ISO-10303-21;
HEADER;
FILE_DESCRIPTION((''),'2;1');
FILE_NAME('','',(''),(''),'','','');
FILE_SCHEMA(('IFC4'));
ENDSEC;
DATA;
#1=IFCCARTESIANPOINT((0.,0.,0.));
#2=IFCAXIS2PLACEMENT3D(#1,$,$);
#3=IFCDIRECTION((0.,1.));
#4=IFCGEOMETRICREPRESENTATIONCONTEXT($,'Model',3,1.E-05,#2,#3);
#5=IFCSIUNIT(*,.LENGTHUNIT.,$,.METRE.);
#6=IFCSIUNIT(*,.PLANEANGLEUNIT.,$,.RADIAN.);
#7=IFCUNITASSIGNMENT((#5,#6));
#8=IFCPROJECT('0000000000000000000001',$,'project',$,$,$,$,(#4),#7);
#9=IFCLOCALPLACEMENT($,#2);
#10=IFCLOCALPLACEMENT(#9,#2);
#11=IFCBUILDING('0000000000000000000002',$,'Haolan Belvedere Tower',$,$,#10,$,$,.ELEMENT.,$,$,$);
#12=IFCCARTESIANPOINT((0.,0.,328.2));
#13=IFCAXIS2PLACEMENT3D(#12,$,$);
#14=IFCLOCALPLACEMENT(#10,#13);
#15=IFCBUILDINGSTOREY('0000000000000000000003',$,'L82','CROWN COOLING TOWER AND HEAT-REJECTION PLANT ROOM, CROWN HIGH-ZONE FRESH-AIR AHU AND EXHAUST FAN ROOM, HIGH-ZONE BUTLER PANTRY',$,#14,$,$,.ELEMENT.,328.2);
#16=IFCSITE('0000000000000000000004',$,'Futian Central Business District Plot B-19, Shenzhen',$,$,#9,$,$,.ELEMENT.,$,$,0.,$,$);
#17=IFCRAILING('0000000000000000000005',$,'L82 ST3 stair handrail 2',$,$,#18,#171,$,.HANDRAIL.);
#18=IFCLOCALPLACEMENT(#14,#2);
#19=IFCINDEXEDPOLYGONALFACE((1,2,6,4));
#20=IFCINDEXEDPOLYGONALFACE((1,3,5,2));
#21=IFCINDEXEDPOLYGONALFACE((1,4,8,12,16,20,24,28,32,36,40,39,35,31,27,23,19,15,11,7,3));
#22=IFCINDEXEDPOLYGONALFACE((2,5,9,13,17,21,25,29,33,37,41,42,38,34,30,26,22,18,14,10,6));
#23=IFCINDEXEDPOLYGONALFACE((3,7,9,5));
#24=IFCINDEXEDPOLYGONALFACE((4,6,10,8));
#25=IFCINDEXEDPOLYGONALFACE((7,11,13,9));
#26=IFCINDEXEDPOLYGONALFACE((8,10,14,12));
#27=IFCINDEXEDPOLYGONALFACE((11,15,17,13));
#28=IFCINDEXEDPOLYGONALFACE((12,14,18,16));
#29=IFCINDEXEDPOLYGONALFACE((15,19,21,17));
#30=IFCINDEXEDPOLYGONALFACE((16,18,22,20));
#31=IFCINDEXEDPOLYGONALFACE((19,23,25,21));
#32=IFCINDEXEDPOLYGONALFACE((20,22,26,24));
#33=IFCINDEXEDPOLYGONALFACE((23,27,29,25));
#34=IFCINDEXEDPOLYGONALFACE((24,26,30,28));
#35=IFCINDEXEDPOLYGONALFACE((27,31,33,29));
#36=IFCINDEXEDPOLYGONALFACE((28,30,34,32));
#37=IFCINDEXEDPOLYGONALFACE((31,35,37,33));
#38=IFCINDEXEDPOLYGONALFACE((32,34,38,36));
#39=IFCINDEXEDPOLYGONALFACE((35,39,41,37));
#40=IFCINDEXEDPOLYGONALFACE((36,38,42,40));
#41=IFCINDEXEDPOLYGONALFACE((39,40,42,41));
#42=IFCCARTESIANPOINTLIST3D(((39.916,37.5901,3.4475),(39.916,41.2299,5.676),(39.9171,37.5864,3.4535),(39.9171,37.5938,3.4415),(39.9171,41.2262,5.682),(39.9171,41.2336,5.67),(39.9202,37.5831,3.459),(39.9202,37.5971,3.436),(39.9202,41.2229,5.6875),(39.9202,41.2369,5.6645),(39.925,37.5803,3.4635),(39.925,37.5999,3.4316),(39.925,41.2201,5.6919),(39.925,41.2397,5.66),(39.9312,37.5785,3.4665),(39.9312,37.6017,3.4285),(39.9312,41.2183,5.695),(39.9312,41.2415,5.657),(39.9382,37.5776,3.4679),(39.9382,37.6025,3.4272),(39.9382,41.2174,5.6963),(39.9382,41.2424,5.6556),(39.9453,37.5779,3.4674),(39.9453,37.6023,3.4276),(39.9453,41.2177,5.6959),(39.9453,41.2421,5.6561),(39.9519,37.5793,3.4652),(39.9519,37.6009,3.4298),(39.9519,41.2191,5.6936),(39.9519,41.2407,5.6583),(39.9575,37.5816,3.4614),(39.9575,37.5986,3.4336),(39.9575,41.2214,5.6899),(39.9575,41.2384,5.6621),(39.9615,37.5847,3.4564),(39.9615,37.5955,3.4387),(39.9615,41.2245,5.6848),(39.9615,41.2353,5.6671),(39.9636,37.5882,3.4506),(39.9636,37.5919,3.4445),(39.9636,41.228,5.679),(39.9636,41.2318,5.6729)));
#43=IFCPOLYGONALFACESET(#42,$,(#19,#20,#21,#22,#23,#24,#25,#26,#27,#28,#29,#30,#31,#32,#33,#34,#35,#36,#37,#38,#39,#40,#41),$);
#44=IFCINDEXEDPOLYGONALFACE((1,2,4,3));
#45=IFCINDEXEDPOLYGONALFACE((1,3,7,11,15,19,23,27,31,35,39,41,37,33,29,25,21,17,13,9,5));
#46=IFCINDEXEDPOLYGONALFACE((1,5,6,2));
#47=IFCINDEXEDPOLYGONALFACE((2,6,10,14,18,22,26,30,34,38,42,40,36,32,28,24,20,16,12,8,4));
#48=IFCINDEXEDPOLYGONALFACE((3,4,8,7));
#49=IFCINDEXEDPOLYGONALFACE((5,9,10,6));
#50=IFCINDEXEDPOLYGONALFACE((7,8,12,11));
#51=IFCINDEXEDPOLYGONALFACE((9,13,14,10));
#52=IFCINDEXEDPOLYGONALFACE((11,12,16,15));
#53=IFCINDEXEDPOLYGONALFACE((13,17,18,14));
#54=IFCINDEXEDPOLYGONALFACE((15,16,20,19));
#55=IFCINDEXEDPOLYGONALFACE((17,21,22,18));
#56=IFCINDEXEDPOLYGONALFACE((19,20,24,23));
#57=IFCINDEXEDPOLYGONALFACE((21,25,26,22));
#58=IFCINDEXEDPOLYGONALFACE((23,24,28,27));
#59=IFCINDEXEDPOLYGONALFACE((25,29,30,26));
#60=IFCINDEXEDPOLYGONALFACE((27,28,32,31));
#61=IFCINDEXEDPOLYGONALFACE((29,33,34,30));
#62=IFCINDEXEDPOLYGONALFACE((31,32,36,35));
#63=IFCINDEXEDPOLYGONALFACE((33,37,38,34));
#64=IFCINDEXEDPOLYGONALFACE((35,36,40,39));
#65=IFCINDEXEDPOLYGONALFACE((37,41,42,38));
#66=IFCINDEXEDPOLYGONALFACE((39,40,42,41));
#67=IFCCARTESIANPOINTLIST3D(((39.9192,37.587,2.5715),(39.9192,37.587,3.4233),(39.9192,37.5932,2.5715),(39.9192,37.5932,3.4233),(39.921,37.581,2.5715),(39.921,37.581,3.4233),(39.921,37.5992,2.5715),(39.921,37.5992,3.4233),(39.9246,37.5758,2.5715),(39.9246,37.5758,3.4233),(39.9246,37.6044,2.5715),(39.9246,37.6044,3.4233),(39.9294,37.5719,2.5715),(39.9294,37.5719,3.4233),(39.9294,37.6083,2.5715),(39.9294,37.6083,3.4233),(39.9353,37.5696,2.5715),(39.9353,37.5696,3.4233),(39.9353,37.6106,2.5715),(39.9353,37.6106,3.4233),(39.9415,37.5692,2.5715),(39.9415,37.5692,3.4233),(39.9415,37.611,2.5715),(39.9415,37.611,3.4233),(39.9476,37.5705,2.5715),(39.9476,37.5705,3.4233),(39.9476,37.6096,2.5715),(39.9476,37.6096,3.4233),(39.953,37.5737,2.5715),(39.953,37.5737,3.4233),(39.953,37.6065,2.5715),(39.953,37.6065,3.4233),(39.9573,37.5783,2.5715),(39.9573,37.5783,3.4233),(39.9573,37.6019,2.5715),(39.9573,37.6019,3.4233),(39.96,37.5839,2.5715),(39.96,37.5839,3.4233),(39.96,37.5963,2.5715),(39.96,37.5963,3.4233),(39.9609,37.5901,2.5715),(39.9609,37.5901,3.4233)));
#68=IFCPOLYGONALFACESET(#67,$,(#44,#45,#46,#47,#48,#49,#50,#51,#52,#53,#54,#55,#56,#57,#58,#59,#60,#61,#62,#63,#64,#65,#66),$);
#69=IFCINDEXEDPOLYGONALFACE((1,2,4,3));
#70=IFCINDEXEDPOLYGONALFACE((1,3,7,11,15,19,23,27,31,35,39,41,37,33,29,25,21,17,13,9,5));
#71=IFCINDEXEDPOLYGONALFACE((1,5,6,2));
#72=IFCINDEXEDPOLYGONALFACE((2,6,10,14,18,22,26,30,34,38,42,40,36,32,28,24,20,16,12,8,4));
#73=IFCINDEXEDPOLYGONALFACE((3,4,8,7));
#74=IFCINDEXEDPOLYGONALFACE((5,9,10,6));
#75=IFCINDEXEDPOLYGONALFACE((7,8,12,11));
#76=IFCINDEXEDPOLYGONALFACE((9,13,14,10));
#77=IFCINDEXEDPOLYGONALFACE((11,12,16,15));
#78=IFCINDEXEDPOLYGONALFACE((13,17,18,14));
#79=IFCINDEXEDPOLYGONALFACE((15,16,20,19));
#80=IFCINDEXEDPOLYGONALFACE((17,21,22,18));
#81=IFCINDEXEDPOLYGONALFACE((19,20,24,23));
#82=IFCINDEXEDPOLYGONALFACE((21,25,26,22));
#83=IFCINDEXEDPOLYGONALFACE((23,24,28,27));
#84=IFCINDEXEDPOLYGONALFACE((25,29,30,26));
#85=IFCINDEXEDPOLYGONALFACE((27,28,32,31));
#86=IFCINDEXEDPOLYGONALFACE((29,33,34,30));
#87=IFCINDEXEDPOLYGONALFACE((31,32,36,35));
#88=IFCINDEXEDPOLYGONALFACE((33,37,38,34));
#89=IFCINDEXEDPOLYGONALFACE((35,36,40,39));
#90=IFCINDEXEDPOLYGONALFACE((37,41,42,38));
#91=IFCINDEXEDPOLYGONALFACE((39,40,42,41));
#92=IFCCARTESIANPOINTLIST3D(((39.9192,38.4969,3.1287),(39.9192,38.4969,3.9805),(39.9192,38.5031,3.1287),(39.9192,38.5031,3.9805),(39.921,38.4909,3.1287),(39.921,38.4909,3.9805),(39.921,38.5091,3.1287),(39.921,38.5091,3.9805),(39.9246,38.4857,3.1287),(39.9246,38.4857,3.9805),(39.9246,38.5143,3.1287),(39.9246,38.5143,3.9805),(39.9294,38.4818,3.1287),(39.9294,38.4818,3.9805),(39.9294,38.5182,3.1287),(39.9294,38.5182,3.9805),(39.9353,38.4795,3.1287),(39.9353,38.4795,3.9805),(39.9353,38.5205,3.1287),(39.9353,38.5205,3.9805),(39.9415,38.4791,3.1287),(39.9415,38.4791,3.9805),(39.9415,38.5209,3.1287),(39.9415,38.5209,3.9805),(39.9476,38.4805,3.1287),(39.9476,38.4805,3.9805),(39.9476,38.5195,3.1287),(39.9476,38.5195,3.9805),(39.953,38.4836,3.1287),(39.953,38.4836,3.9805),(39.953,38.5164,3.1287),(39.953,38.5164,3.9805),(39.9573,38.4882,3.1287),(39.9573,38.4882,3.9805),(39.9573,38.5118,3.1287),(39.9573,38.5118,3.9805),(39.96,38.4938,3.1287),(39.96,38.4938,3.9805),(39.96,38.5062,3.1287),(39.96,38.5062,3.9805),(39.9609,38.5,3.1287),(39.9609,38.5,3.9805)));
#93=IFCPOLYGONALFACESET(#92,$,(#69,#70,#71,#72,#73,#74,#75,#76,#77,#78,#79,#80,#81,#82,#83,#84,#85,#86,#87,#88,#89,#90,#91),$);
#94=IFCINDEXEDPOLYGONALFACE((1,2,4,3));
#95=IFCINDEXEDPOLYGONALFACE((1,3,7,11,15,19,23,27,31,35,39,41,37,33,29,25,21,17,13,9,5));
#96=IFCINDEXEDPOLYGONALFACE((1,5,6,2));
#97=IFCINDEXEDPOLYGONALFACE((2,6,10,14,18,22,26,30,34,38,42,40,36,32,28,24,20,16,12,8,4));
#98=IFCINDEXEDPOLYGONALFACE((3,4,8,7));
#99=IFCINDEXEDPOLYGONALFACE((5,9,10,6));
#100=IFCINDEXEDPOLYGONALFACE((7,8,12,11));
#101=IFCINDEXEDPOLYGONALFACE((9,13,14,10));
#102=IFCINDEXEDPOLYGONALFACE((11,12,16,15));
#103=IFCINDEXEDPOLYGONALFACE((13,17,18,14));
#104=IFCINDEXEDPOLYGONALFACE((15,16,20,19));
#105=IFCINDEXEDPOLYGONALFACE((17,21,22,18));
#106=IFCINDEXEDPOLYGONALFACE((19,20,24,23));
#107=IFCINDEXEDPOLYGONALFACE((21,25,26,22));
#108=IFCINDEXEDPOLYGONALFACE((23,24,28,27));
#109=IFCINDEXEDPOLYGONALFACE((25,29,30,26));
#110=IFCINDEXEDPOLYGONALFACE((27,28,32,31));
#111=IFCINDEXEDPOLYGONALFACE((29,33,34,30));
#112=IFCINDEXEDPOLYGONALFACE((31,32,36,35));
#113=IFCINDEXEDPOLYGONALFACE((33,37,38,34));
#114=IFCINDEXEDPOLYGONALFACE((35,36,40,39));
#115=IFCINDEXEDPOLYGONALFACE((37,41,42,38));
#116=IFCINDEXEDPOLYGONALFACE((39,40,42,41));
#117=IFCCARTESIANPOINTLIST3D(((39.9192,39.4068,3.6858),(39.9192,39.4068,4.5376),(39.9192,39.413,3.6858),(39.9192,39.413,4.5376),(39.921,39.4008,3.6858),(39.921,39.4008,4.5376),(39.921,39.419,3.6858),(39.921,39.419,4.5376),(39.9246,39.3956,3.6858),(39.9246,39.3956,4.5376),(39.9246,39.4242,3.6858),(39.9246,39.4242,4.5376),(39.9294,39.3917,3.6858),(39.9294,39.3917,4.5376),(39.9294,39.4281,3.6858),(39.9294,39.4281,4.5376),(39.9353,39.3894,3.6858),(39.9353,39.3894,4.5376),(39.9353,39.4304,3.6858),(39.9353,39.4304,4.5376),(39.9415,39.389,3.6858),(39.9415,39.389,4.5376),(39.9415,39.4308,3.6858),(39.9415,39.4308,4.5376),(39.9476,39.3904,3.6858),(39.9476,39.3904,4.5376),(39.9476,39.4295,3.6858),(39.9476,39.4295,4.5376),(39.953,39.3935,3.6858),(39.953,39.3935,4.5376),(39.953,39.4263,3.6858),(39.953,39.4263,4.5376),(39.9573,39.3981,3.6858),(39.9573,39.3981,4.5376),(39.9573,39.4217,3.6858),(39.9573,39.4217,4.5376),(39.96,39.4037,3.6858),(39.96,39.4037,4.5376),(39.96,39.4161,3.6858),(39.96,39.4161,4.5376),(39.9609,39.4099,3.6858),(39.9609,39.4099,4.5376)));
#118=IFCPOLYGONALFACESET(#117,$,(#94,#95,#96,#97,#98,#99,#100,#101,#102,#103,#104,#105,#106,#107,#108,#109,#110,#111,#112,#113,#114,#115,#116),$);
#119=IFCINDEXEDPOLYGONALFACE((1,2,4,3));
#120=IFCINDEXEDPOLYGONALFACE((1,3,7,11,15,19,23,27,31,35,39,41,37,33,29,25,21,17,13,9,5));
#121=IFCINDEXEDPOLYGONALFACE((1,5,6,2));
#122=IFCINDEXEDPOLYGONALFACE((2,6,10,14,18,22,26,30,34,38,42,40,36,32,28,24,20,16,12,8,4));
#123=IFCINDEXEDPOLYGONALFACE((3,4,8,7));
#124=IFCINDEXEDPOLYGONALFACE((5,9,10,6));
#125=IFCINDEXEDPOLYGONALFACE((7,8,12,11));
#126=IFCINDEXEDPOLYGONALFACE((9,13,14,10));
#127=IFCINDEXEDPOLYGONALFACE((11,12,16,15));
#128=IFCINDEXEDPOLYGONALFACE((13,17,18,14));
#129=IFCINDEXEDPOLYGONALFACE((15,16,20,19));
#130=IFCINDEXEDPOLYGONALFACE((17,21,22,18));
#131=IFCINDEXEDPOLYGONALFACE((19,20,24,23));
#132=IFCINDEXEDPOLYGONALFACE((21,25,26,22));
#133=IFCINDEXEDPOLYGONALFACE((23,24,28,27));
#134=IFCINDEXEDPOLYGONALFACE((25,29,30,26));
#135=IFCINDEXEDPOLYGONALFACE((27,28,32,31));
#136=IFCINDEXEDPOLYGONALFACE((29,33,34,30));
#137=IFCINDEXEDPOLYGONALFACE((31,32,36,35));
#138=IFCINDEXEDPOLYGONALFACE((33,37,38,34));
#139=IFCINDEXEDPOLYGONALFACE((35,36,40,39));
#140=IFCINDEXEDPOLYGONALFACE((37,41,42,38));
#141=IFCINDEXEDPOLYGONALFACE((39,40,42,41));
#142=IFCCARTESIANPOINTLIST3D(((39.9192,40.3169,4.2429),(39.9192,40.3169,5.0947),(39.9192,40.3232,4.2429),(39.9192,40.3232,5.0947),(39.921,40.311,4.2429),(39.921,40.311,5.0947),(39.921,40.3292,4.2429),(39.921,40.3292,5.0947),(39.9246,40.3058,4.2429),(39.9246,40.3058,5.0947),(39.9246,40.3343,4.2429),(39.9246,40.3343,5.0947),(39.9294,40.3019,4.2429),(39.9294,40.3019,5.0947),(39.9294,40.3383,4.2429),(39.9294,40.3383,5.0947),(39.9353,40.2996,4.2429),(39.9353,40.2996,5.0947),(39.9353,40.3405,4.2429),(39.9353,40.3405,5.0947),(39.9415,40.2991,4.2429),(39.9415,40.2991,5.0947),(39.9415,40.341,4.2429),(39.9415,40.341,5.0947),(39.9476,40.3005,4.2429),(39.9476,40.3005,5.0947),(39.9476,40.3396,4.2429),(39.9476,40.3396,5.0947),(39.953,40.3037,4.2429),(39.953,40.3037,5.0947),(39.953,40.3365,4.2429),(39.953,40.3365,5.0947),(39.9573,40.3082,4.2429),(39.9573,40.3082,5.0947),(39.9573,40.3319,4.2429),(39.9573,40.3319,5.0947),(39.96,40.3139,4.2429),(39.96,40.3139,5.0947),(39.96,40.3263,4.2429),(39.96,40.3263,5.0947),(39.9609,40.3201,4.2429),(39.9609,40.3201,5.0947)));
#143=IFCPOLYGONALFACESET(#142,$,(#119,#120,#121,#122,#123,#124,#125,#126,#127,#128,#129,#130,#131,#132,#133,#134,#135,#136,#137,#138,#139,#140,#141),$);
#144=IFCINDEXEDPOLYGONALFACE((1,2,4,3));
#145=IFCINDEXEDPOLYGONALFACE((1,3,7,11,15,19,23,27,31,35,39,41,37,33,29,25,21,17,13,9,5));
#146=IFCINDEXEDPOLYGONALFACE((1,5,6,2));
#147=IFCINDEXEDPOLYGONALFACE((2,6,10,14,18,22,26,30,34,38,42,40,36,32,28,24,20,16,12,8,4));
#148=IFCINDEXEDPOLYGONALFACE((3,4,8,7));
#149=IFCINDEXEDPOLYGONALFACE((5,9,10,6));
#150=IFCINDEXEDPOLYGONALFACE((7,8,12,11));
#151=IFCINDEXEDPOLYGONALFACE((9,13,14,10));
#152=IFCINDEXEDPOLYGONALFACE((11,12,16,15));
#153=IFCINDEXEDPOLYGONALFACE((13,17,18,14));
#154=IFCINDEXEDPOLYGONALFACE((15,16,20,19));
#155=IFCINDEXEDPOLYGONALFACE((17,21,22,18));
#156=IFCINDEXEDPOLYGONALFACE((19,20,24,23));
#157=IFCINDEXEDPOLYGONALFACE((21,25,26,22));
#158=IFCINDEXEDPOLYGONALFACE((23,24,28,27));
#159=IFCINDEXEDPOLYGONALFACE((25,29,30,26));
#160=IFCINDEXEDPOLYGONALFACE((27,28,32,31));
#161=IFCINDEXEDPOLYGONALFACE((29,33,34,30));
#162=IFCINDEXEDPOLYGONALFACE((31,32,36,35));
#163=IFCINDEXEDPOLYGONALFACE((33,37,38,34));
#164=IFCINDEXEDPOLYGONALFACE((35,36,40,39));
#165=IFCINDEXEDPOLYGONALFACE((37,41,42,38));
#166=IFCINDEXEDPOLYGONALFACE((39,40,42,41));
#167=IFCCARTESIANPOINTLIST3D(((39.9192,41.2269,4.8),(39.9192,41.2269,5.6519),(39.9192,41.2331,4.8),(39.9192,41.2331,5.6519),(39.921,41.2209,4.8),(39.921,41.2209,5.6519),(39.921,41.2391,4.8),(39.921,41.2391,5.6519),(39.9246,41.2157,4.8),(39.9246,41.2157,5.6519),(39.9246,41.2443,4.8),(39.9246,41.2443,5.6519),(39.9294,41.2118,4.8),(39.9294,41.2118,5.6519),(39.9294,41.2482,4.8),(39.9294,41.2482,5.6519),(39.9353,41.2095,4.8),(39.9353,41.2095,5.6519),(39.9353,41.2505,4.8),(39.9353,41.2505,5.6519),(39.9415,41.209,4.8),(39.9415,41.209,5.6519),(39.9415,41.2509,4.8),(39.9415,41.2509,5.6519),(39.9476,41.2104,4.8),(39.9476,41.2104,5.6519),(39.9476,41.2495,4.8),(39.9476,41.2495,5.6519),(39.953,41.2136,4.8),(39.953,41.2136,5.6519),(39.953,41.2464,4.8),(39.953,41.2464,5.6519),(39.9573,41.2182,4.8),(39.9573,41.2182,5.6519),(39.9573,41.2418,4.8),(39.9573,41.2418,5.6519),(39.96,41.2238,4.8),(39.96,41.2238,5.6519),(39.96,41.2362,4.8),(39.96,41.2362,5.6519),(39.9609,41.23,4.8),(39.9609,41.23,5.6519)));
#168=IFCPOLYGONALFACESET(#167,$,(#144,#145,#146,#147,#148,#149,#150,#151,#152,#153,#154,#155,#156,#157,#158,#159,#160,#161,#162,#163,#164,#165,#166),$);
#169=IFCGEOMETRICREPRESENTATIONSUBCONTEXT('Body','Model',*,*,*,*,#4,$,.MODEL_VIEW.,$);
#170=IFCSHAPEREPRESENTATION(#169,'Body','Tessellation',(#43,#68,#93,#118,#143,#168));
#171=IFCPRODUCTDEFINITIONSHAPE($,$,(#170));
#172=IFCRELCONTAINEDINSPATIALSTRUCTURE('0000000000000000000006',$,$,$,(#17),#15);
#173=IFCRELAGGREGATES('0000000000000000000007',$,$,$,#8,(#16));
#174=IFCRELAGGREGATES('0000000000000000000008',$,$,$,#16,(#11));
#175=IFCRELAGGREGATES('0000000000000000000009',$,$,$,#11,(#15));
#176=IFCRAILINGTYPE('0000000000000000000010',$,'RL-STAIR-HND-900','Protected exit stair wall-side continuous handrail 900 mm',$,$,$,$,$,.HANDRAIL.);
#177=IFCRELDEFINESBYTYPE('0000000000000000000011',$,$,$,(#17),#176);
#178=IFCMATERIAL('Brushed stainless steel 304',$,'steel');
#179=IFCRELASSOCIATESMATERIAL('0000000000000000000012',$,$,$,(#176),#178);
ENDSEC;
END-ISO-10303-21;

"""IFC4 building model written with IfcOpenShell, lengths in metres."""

from ifc_helpers import new_model, si_unit, direction, frame, origin, origin_2d, place, context, subcontext, project, spatial, circle, extrude, material, type_object, element, save


model = new_model("IFC4")

# Units and contexts
model_context = context("Model", 3, precision=1e-05, world=origin(), true_north=direction((0.0, 1.0)))
body_context = subcontext(model_context, "Body", "Model", "MODEL_VIEW")
ifc_project = project(units=[si_unit("LENGTHUNIT", "METRE"), si_unit("PLANEANGLEUNIT", "RADIAN")], contexts=[model_context])

# Site, building, storey
site_placement = place(None, origin())
site = spatial("IfcSite", under=ifc_project, at=site_placement, Name="Futian Central Business District Plot B-19, Shenzhen", CompositionType="ELEMENT", RefElevation=0.0)
building_placement = place(site_placement, origin())
building = spatial("IfcBuilding", under=site, at=building_placement, Name="Haolan Belvedere Tower", CompositionType="ELEMENT")
storey_placement = place(building_placement, frame((0.0, 0.0, 328.2)))
storey = spatial("IfcBuildingStorey", under=building, at=storey_placement, Name="L82", Description="CROWN COOLING TOWER AND HEAT-REJECTION PLANT ROOM, CROWN HIGH-ZONE FRESH-AIR AHU AND EXHAUST FAN ROOM, HIGH-ZONE BUTLER PANTRY", CompositionType="ELEMENT", Elevation=328.2)

# Railing
ifc_material_1 = material(Name="Brushed stainless steel 304", Category="steel")
railing_type_1 = type_object("IfcRailingType", Name="RL-STAIR-HND-900", Description="Protected exit stair wall-side continuous handrail 900 mm", PredefinedType="HANDRAIL", material=ifc_material_1)
railing_1_placement = place(storey_placement, frame((39.9399, 37.5901, 2.5715)))
element("IfcRailing", 1, at=railing_1_placement, inside=storey, type_object=railing_type_1, Name="L82 ST3 stair handrail 2", PredefinedType="HANDRAIL", context=body_context, shape_type="SweptSolid", body=[
    extrude(circle(Radius=0.0239, at=origin_2d()), frame((0.0, 0.0, 0.876), z_axis=(0.0, 0.85285, 0.522156), x_axis=(-1.0, 0.0, 0.0)), (0.0, 0.0, 1.0), 4.2678),
    extrude(circle(Radius=0.021, at=origin_2d()), origin(), (0.0, 0.0, 1.0), 0.8518),
    extrude(circle(Radius=0.021, at=origin_2d()), frame((0.0, 0.9099, 0.5571)), (0.0, 0.0, 1.0), 0.8518),
    extrude(circle(Radius=0.021, at=origin_2d()), frame((0.0, 1.8198, 1.1143)), (0.0, 0.0, 1.0), 0.8518),
    extrude(circle(Radius=0.021, at=origin_2d()), frame((0.0, 2.73, 1.6714)), (0.0, 0.0, 1.0), 0.8518),
    extrude(circle(Radius=0.021, at=origin_2d()), frame((0.0, 3.6399, 2.2285)), (0.0, 0.0, 1.0), 0.8518),
])

save(model, "model.ifc")
